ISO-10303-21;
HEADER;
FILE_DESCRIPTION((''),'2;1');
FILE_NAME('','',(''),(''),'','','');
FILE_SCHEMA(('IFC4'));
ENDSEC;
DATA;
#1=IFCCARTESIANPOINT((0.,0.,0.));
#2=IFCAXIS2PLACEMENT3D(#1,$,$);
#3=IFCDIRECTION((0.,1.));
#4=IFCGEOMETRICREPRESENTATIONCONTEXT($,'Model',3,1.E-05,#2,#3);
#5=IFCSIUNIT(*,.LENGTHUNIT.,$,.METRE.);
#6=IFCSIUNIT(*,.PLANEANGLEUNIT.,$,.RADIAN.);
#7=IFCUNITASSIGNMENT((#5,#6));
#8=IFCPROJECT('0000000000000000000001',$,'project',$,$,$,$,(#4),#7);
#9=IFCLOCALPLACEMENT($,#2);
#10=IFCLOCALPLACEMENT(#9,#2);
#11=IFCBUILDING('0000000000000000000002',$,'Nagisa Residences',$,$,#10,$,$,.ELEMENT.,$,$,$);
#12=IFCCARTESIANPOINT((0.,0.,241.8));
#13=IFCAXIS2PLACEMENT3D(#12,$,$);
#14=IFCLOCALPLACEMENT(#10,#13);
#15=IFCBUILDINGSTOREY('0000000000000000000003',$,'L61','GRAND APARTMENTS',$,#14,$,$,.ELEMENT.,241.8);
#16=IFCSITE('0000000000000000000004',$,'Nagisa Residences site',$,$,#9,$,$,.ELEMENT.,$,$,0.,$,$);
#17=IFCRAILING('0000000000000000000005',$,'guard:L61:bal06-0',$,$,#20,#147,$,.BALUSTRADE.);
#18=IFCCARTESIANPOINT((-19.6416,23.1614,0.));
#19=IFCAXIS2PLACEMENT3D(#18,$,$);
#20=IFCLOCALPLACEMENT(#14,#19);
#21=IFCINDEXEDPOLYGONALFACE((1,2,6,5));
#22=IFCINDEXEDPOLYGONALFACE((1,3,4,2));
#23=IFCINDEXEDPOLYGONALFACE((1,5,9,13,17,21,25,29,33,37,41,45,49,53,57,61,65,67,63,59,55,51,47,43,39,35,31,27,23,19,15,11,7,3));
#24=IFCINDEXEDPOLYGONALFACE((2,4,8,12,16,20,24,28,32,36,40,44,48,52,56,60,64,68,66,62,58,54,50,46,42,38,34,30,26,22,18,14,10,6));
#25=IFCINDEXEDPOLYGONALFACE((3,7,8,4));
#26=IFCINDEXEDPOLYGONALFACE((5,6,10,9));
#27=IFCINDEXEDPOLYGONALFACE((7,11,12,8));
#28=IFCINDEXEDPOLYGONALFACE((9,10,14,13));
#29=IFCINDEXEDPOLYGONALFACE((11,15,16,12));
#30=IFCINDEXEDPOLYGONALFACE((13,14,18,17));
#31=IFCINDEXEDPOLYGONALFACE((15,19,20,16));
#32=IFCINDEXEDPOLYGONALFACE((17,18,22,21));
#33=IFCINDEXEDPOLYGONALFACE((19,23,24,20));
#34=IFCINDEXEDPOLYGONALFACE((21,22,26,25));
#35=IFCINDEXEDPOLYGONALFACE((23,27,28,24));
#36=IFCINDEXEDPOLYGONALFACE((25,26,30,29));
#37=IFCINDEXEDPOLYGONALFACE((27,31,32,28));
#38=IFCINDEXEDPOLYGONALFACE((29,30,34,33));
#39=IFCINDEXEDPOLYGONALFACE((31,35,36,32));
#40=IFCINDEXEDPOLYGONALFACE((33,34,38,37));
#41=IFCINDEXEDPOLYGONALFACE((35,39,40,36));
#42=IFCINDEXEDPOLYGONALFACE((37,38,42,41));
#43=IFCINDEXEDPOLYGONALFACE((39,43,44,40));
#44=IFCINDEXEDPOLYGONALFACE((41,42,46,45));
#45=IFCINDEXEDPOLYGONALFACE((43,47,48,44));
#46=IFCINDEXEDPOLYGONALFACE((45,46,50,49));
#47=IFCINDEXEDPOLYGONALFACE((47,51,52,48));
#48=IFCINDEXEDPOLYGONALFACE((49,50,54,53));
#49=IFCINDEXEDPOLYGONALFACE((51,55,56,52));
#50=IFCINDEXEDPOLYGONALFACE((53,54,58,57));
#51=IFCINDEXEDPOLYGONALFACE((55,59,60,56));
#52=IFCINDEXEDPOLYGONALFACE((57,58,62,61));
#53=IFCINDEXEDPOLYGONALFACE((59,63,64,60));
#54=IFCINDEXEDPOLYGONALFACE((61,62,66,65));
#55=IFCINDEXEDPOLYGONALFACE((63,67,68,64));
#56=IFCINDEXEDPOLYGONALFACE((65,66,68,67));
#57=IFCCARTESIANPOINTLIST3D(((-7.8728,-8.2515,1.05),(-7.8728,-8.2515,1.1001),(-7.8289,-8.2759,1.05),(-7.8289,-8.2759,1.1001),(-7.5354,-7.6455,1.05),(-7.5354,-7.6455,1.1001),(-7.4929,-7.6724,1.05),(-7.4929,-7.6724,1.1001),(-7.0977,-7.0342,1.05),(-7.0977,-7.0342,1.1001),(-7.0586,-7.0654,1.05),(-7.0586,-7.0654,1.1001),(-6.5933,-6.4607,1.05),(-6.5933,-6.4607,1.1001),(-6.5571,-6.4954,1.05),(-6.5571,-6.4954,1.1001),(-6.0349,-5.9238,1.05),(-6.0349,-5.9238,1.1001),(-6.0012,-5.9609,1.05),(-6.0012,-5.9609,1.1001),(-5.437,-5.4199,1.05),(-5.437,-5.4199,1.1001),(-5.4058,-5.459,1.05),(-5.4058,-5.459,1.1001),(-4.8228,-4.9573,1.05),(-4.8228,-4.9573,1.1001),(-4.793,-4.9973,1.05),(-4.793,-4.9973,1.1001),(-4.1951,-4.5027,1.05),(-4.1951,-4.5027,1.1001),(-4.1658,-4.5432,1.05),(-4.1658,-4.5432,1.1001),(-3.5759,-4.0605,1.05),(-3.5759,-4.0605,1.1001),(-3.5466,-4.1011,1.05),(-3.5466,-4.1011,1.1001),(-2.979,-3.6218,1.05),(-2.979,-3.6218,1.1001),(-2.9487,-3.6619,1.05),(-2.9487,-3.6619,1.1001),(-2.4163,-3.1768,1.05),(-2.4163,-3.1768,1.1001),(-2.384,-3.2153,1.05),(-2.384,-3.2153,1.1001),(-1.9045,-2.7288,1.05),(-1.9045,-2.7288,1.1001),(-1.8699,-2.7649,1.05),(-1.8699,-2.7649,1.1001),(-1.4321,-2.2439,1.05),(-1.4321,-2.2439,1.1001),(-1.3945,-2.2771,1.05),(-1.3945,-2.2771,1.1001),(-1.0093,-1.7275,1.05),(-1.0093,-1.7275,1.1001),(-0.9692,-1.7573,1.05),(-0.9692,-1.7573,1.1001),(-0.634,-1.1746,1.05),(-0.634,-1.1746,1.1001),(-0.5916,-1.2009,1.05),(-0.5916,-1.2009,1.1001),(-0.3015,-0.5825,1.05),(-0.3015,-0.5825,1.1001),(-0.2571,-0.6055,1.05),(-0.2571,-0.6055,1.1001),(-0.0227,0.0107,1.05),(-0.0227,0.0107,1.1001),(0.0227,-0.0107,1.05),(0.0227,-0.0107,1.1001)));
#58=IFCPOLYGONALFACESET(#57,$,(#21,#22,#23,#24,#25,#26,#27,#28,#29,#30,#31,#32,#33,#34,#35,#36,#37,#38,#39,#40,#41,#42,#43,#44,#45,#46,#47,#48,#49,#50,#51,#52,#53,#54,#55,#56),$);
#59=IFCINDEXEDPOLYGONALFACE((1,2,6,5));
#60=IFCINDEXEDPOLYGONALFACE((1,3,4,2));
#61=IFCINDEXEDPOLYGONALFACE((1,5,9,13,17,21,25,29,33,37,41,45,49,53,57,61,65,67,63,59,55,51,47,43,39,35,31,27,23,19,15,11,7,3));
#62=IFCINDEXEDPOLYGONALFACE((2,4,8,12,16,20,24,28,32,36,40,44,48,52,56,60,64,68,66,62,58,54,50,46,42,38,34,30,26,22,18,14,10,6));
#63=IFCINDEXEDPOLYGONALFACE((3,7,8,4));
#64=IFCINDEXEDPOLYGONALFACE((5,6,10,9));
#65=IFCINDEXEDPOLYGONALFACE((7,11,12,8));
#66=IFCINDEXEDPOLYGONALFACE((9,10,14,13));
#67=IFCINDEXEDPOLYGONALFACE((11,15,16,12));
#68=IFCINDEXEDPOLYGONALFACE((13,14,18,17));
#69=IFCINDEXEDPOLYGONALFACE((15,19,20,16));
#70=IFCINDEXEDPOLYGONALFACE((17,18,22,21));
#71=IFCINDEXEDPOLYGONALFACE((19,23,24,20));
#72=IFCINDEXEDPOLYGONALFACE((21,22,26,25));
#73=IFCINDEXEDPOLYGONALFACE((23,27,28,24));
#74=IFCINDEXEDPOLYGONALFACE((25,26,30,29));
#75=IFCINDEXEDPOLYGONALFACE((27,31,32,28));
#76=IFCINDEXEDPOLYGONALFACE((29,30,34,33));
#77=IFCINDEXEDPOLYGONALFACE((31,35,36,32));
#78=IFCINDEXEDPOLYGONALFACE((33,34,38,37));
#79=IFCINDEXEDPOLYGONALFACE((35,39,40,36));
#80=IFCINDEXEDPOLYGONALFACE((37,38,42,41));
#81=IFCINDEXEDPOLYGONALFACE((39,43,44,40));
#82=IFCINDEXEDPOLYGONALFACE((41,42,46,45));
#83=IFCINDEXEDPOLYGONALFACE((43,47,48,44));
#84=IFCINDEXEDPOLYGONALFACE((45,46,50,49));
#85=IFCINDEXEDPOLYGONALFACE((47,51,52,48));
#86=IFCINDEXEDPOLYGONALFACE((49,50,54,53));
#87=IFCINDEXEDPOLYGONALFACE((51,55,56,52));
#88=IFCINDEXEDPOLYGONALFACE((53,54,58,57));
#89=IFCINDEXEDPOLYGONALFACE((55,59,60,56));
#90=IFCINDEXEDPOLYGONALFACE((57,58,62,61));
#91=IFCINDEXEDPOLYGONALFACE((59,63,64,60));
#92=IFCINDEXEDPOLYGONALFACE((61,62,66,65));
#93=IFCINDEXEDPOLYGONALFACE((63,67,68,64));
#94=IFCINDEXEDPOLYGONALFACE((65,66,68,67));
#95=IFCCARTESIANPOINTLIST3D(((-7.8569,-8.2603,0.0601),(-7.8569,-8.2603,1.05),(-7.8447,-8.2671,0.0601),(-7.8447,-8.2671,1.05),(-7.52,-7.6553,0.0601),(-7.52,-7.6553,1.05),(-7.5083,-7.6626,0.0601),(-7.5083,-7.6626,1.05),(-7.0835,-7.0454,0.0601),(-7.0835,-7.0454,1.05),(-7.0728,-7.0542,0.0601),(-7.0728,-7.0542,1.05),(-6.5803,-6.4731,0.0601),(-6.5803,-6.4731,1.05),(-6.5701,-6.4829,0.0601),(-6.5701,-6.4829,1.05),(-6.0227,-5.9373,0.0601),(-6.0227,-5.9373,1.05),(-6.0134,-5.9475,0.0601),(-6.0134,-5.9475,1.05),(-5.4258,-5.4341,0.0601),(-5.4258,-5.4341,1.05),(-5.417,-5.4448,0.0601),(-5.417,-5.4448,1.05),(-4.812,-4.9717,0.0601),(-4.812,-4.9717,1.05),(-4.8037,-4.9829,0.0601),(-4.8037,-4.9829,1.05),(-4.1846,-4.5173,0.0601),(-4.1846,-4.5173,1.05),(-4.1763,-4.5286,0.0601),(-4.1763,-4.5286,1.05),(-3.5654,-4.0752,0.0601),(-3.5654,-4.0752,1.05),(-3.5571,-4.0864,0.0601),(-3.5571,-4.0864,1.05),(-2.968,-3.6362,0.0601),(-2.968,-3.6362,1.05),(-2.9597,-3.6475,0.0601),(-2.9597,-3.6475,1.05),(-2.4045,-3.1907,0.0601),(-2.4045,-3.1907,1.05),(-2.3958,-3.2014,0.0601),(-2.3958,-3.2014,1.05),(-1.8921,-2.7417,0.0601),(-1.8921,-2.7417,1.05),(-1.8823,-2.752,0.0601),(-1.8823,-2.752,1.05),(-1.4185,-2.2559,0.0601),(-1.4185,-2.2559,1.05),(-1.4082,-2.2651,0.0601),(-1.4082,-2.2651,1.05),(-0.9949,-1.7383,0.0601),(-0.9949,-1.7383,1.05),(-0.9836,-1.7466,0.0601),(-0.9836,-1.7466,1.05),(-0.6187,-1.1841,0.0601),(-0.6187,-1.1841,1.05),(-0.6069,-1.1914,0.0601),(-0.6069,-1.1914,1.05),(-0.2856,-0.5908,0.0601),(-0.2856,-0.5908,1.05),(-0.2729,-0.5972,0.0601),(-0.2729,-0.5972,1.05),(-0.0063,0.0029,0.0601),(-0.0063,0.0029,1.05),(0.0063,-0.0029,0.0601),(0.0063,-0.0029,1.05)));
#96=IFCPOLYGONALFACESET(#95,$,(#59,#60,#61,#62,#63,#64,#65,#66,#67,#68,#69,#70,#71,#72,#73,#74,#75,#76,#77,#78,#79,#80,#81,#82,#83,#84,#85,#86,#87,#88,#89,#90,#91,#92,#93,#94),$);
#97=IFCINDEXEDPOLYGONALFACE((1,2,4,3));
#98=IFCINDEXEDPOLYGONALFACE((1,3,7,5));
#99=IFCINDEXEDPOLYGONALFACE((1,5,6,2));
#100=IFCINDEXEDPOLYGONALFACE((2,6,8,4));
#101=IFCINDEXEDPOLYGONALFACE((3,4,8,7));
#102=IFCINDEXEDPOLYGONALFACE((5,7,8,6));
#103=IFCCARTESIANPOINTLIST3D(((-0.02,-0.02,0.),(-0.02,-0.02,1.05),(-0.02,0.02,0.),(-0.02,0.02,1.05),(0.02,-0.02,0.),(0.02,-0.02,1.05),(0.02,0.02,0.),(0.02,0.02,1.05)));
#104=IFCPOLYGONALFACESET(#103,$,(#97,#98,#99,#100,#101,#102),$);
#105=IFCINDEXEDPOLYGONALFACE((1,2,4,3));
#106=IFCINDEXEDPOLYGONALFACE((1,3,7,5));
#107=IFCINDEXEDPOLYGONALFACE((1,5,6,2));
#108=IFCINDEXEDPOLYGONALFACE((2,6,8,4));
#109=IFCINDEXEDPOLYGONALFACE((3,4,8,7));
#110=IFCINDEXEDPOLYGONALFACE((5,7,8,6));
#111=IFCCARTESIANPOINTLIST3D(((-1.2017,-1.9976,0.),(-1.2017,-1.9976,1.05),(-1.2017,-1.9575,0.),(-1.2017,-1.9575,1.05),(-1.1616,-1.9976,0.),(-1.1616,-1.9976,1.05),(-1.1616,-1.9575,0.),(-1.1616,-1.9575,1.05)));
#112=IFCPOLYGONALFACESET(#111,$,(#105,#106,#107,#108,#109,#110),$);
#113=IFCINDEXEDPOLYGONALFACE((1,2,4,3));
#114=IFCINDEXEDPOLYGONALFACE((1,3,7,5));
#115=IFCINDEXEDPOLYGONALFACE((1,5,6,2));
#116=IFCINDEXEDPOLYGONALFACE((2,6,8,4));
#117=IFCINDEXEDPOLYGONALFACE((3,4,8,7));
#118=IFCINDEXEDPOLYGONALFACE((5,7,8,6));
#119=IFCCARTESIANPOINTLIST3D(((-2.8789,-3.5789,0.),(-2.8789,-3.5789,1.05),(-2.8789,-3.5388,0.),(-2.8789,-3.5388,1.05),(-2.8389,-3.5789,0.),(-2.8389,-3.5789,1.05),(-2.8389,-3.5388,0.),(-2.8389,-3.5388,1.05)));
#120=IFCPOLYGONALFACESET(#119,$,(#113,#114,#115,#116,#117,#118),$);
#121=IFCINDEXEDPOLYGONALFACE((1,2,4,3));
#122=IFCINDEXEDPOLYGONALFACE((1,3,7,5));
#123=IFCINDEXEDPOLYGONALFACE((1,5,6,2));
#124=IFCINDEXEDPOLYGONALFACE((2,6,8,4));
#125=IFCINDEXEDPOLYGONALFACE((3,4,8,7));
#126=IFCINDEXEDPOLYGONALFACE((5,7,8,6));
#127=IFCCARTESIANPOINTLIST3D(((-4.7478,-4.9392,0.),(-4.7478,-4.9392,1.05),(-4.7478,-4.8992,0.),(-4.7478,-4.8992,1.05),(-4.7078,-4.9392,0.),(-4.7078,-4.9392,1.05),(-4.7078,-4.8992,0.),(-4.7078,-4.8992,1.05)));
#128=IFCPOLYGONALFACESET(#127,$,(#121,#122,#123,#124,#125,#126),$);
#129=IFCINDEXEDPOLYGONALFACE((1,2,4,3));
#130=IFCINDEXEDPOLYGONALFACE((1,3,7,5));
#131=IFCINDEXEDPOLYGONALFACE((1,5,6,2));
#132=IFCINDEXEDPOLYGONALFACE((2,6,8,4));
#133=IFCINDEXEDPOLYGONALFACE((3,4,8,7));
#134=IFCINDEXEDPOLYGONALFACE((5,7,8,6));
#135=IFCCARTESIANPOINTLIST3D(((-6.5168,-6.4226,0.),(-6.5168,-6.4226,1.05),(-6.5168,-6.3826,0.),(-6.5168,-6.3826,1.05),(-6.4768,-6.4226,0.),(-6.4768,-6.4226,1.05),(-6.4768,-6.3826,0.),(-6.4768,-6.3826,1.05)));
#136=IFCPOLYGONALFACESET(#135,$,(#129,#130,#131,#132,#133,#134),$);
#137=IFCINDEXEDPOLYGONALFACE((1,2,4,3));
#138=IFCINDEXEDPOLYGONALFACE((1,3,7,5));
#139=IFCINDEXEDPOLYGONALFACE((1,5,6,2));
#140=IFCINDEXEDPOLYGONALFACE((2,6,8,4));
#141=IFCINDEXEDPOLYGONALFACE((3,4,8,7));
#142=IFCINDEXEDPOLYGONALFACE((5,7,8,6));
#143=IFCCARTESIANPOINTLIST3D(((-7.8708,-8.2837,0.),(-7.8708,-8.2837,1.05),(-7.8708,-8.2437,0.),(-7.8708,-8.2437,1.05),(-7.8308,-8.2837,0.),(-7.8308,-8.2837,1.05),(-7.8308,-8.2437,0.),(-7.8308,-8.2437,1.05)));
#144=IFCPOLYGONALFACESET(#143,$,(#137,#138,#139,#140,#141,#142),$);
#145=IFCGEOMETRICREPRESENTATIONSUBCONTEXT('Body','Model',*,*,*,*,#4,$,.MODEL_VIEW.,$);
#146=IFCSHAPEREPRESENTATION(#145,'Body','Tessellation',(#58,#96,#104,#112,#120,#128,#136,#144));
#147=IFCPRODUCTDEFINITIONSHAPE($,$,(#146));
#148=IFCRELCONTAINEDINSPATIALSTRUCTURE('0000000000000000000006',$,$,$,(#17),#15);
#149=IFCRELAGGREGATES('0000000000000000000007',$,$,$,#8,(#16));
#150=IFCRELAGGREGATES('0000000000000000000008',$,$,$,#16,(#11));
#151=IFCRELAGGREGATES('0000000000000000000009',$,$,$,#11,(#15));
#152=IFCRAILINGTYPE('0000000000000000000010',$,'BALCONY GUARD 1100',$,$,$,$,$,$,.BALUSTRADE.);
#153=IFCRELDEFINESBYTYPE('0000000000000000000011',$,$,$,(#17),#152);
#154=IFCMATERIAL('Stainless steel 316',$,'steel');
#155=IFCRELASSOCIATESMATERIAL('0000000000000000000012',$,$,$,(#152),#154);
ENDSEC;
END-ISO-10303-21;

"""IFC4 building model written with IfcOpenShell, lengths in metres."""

from ifc_helpers import new_model, si_unit, direction, frame, origin, origin_2d, place, context, subcontext, project, spatial, polyline, rectangle, outline, extrude, material, type_object, element, save


model = new_model("IFC4")

# Units and contexts
model_context = context("Model", 3, precision=1e-05, world=origin(), true_north=direction((0.0, 1.0)))
body_context = subcontext(model_context, "Body", "Model", "MODEL_VIEW")
ifc_project = project(units=[si_unit("LENGTHUNIT", "METRE"), si_unit("PLANEANGLEUNIT", "RADIAN")], contexts=[model_context])

# Site, building, storey
site_placement = place(None, origin())
site = spatial("IfcSite", under=ifc_project, at=site_placement, Name="Nagisa Residences site", CompositionType="ELEMENT", RefElevation=0.0)
building_placement = place(site_placement, origin())
building = spatial("IfcBuilding", under=site, at=building_placement, Name="Nagisa Residences", CompositionType="ELEMENT")
storey_placement = place(building_placement, frame((0.0, 0.0, 241.8)))
storey = spatial("IfcBuildingStorey", under=building, at=storey_placement, Name="L61", Description="GRAND APARTMENTS", CompositionType="ELEMENT", Elevation=241.8)

# Railing
ifc_material_1 = material(Name="Stainless steel 316", Category="steel")
railing_type = type_object("IfcRailingType", Name="BALCONY GUARD 1100", PredefinedType="BALUSTRADE", material=ifc_material_1)
railing_1_placement = place(storey_placement, frame((-19.6416, 23.1614, 0.0)))
element("IfcRailing", 1, at=railing_1_placement, inside=storey, type_object=railing_type, Name="guard:L61:bal06-0", PredefinedType="BALUSTRADE", context=body_context, shape_type="SweptSolid", body=[
    extrude(outline(polyline([(-0.2571, -0.6055), (0.0227, -0.0107), (-0.0227, 0.0107), (-0.3015, -0.5825), (-0.634, -1.1746), (-1.0093, -1.7275), (-1.4321, -2.2439), (-1.9045, -2.7288), (-2.4163, -3.1768), (-2.979, -3.6218), (-3.5759, -4.0605), (-4.1951, -4.5027), (-4.8228, -4.9573), (-5.437, -5.4199), (-6.0349, -5.9238), (-6.5933, -6.4607), (-7.0977, -7.0342), (-7.5354, -7.6455), (-7.8728, -8.2515), (-7.8289, -8.2759), (-7.4929, -7.6724), (-7.0586, -7.0654), (-6.5571, -6.4954), (-6.0012, -5.9609), (-5.4058, -5.459), (-4.793, -4.9973), (-4.1658, -4.5432), (-3.5466, -4.1011), (-2.9487, -3.6619), (-2.384, -3.2153), (-1.8699, -2.7649), (-1.3945, -2.2771), (-0.9692, -1.7573), (-0.5916, -1.2009), (-0.2571, -0.6055)])), frame((0.0, 0.0, 1.05)), (0.0, 0.0, 1.0), 0.05),
    extrude(outline(polyline([(-0.2729, -0.5972), (0.0063, -0.0029), (-0.0063, 0.0029), (-0.2856, -0.5908), (-0.6187, -1.1841), (-0.9949, -1.7383), (-1.4185, -2.2559), (-1.8921, -2.7417), (-2.4045, -3.1907), (-2.968, -3.6362), (-3.5654, -4.0752), (-4.1846, -4.5173), (-4.812, -4.9717), (-5.4258, -5.4341), (-6.0227, -5.9373), (-6.5803, -6.4731), (-7.0835, -7.0454), (-7.52, -7.6553), (-7.8569, -8.2603), (-7.8447, -8.2671), (-7.5083, -7.6626), (-7.0728, -7.0542), (-6.5701, -6.4829), (-6.0134, -5.9475), (-5.417, -5.4448), (-4.8037, -4.9829), (-4.1763, -4.5286), (-3.5571, -4.0864), (-2.9597, -3.6475), (-2.3958, -3.2014), (-1.8823, -2.752), (-1.4082, -2.2651), (-0.9836, -1.7466), (-0.6069, -1.1914), (-0.2729, -0.5972)])), frame((0.0, 0.0, 0.0601)), (0.0, 0.0, 1.0), 0.99),
    extrude(rectangle(XDim=0.04, YDim=0.04, at=origin_2d()), origin(), (0.0, 0.0, 1.0), 1.05),
    extrude(rectangle(XDim=0.04, YDim=0.04, at=origin_2d()), frame((-1.1816, -1.9775, 0.0)), (0.0, 0.0, 1.0), 1.05),
    extrude(rectangle(XDim=0.04, YDim=0.04, at=origin_2d()), frame((-2.8589, -3.5588, 0.0)), (0.0, 0.0, 1.0), 1.05),
    extrude(rectangle(XDim=0.04, YDim=0.04, at=origin_2d()), frame((-4.7278, -4.9192, 0.0)), (0.0, 0.0, 1.0), 1.05),
    extrude(rectangle(XDim=0.04, YDim=0.04, at=origin_2d()), frame((-6.4968, -6.4026, 0.0)), (0.0, 0.0, 1.0), 1.05),
    extrude(rectangle(XDim=0.04, YDim=0.04, at=origin_2d()), frame((-7.8508, -8.2637, 0.0)), (0.0, 0.0, 1.0), 1.05),
])

save(model, "model.ifc")
